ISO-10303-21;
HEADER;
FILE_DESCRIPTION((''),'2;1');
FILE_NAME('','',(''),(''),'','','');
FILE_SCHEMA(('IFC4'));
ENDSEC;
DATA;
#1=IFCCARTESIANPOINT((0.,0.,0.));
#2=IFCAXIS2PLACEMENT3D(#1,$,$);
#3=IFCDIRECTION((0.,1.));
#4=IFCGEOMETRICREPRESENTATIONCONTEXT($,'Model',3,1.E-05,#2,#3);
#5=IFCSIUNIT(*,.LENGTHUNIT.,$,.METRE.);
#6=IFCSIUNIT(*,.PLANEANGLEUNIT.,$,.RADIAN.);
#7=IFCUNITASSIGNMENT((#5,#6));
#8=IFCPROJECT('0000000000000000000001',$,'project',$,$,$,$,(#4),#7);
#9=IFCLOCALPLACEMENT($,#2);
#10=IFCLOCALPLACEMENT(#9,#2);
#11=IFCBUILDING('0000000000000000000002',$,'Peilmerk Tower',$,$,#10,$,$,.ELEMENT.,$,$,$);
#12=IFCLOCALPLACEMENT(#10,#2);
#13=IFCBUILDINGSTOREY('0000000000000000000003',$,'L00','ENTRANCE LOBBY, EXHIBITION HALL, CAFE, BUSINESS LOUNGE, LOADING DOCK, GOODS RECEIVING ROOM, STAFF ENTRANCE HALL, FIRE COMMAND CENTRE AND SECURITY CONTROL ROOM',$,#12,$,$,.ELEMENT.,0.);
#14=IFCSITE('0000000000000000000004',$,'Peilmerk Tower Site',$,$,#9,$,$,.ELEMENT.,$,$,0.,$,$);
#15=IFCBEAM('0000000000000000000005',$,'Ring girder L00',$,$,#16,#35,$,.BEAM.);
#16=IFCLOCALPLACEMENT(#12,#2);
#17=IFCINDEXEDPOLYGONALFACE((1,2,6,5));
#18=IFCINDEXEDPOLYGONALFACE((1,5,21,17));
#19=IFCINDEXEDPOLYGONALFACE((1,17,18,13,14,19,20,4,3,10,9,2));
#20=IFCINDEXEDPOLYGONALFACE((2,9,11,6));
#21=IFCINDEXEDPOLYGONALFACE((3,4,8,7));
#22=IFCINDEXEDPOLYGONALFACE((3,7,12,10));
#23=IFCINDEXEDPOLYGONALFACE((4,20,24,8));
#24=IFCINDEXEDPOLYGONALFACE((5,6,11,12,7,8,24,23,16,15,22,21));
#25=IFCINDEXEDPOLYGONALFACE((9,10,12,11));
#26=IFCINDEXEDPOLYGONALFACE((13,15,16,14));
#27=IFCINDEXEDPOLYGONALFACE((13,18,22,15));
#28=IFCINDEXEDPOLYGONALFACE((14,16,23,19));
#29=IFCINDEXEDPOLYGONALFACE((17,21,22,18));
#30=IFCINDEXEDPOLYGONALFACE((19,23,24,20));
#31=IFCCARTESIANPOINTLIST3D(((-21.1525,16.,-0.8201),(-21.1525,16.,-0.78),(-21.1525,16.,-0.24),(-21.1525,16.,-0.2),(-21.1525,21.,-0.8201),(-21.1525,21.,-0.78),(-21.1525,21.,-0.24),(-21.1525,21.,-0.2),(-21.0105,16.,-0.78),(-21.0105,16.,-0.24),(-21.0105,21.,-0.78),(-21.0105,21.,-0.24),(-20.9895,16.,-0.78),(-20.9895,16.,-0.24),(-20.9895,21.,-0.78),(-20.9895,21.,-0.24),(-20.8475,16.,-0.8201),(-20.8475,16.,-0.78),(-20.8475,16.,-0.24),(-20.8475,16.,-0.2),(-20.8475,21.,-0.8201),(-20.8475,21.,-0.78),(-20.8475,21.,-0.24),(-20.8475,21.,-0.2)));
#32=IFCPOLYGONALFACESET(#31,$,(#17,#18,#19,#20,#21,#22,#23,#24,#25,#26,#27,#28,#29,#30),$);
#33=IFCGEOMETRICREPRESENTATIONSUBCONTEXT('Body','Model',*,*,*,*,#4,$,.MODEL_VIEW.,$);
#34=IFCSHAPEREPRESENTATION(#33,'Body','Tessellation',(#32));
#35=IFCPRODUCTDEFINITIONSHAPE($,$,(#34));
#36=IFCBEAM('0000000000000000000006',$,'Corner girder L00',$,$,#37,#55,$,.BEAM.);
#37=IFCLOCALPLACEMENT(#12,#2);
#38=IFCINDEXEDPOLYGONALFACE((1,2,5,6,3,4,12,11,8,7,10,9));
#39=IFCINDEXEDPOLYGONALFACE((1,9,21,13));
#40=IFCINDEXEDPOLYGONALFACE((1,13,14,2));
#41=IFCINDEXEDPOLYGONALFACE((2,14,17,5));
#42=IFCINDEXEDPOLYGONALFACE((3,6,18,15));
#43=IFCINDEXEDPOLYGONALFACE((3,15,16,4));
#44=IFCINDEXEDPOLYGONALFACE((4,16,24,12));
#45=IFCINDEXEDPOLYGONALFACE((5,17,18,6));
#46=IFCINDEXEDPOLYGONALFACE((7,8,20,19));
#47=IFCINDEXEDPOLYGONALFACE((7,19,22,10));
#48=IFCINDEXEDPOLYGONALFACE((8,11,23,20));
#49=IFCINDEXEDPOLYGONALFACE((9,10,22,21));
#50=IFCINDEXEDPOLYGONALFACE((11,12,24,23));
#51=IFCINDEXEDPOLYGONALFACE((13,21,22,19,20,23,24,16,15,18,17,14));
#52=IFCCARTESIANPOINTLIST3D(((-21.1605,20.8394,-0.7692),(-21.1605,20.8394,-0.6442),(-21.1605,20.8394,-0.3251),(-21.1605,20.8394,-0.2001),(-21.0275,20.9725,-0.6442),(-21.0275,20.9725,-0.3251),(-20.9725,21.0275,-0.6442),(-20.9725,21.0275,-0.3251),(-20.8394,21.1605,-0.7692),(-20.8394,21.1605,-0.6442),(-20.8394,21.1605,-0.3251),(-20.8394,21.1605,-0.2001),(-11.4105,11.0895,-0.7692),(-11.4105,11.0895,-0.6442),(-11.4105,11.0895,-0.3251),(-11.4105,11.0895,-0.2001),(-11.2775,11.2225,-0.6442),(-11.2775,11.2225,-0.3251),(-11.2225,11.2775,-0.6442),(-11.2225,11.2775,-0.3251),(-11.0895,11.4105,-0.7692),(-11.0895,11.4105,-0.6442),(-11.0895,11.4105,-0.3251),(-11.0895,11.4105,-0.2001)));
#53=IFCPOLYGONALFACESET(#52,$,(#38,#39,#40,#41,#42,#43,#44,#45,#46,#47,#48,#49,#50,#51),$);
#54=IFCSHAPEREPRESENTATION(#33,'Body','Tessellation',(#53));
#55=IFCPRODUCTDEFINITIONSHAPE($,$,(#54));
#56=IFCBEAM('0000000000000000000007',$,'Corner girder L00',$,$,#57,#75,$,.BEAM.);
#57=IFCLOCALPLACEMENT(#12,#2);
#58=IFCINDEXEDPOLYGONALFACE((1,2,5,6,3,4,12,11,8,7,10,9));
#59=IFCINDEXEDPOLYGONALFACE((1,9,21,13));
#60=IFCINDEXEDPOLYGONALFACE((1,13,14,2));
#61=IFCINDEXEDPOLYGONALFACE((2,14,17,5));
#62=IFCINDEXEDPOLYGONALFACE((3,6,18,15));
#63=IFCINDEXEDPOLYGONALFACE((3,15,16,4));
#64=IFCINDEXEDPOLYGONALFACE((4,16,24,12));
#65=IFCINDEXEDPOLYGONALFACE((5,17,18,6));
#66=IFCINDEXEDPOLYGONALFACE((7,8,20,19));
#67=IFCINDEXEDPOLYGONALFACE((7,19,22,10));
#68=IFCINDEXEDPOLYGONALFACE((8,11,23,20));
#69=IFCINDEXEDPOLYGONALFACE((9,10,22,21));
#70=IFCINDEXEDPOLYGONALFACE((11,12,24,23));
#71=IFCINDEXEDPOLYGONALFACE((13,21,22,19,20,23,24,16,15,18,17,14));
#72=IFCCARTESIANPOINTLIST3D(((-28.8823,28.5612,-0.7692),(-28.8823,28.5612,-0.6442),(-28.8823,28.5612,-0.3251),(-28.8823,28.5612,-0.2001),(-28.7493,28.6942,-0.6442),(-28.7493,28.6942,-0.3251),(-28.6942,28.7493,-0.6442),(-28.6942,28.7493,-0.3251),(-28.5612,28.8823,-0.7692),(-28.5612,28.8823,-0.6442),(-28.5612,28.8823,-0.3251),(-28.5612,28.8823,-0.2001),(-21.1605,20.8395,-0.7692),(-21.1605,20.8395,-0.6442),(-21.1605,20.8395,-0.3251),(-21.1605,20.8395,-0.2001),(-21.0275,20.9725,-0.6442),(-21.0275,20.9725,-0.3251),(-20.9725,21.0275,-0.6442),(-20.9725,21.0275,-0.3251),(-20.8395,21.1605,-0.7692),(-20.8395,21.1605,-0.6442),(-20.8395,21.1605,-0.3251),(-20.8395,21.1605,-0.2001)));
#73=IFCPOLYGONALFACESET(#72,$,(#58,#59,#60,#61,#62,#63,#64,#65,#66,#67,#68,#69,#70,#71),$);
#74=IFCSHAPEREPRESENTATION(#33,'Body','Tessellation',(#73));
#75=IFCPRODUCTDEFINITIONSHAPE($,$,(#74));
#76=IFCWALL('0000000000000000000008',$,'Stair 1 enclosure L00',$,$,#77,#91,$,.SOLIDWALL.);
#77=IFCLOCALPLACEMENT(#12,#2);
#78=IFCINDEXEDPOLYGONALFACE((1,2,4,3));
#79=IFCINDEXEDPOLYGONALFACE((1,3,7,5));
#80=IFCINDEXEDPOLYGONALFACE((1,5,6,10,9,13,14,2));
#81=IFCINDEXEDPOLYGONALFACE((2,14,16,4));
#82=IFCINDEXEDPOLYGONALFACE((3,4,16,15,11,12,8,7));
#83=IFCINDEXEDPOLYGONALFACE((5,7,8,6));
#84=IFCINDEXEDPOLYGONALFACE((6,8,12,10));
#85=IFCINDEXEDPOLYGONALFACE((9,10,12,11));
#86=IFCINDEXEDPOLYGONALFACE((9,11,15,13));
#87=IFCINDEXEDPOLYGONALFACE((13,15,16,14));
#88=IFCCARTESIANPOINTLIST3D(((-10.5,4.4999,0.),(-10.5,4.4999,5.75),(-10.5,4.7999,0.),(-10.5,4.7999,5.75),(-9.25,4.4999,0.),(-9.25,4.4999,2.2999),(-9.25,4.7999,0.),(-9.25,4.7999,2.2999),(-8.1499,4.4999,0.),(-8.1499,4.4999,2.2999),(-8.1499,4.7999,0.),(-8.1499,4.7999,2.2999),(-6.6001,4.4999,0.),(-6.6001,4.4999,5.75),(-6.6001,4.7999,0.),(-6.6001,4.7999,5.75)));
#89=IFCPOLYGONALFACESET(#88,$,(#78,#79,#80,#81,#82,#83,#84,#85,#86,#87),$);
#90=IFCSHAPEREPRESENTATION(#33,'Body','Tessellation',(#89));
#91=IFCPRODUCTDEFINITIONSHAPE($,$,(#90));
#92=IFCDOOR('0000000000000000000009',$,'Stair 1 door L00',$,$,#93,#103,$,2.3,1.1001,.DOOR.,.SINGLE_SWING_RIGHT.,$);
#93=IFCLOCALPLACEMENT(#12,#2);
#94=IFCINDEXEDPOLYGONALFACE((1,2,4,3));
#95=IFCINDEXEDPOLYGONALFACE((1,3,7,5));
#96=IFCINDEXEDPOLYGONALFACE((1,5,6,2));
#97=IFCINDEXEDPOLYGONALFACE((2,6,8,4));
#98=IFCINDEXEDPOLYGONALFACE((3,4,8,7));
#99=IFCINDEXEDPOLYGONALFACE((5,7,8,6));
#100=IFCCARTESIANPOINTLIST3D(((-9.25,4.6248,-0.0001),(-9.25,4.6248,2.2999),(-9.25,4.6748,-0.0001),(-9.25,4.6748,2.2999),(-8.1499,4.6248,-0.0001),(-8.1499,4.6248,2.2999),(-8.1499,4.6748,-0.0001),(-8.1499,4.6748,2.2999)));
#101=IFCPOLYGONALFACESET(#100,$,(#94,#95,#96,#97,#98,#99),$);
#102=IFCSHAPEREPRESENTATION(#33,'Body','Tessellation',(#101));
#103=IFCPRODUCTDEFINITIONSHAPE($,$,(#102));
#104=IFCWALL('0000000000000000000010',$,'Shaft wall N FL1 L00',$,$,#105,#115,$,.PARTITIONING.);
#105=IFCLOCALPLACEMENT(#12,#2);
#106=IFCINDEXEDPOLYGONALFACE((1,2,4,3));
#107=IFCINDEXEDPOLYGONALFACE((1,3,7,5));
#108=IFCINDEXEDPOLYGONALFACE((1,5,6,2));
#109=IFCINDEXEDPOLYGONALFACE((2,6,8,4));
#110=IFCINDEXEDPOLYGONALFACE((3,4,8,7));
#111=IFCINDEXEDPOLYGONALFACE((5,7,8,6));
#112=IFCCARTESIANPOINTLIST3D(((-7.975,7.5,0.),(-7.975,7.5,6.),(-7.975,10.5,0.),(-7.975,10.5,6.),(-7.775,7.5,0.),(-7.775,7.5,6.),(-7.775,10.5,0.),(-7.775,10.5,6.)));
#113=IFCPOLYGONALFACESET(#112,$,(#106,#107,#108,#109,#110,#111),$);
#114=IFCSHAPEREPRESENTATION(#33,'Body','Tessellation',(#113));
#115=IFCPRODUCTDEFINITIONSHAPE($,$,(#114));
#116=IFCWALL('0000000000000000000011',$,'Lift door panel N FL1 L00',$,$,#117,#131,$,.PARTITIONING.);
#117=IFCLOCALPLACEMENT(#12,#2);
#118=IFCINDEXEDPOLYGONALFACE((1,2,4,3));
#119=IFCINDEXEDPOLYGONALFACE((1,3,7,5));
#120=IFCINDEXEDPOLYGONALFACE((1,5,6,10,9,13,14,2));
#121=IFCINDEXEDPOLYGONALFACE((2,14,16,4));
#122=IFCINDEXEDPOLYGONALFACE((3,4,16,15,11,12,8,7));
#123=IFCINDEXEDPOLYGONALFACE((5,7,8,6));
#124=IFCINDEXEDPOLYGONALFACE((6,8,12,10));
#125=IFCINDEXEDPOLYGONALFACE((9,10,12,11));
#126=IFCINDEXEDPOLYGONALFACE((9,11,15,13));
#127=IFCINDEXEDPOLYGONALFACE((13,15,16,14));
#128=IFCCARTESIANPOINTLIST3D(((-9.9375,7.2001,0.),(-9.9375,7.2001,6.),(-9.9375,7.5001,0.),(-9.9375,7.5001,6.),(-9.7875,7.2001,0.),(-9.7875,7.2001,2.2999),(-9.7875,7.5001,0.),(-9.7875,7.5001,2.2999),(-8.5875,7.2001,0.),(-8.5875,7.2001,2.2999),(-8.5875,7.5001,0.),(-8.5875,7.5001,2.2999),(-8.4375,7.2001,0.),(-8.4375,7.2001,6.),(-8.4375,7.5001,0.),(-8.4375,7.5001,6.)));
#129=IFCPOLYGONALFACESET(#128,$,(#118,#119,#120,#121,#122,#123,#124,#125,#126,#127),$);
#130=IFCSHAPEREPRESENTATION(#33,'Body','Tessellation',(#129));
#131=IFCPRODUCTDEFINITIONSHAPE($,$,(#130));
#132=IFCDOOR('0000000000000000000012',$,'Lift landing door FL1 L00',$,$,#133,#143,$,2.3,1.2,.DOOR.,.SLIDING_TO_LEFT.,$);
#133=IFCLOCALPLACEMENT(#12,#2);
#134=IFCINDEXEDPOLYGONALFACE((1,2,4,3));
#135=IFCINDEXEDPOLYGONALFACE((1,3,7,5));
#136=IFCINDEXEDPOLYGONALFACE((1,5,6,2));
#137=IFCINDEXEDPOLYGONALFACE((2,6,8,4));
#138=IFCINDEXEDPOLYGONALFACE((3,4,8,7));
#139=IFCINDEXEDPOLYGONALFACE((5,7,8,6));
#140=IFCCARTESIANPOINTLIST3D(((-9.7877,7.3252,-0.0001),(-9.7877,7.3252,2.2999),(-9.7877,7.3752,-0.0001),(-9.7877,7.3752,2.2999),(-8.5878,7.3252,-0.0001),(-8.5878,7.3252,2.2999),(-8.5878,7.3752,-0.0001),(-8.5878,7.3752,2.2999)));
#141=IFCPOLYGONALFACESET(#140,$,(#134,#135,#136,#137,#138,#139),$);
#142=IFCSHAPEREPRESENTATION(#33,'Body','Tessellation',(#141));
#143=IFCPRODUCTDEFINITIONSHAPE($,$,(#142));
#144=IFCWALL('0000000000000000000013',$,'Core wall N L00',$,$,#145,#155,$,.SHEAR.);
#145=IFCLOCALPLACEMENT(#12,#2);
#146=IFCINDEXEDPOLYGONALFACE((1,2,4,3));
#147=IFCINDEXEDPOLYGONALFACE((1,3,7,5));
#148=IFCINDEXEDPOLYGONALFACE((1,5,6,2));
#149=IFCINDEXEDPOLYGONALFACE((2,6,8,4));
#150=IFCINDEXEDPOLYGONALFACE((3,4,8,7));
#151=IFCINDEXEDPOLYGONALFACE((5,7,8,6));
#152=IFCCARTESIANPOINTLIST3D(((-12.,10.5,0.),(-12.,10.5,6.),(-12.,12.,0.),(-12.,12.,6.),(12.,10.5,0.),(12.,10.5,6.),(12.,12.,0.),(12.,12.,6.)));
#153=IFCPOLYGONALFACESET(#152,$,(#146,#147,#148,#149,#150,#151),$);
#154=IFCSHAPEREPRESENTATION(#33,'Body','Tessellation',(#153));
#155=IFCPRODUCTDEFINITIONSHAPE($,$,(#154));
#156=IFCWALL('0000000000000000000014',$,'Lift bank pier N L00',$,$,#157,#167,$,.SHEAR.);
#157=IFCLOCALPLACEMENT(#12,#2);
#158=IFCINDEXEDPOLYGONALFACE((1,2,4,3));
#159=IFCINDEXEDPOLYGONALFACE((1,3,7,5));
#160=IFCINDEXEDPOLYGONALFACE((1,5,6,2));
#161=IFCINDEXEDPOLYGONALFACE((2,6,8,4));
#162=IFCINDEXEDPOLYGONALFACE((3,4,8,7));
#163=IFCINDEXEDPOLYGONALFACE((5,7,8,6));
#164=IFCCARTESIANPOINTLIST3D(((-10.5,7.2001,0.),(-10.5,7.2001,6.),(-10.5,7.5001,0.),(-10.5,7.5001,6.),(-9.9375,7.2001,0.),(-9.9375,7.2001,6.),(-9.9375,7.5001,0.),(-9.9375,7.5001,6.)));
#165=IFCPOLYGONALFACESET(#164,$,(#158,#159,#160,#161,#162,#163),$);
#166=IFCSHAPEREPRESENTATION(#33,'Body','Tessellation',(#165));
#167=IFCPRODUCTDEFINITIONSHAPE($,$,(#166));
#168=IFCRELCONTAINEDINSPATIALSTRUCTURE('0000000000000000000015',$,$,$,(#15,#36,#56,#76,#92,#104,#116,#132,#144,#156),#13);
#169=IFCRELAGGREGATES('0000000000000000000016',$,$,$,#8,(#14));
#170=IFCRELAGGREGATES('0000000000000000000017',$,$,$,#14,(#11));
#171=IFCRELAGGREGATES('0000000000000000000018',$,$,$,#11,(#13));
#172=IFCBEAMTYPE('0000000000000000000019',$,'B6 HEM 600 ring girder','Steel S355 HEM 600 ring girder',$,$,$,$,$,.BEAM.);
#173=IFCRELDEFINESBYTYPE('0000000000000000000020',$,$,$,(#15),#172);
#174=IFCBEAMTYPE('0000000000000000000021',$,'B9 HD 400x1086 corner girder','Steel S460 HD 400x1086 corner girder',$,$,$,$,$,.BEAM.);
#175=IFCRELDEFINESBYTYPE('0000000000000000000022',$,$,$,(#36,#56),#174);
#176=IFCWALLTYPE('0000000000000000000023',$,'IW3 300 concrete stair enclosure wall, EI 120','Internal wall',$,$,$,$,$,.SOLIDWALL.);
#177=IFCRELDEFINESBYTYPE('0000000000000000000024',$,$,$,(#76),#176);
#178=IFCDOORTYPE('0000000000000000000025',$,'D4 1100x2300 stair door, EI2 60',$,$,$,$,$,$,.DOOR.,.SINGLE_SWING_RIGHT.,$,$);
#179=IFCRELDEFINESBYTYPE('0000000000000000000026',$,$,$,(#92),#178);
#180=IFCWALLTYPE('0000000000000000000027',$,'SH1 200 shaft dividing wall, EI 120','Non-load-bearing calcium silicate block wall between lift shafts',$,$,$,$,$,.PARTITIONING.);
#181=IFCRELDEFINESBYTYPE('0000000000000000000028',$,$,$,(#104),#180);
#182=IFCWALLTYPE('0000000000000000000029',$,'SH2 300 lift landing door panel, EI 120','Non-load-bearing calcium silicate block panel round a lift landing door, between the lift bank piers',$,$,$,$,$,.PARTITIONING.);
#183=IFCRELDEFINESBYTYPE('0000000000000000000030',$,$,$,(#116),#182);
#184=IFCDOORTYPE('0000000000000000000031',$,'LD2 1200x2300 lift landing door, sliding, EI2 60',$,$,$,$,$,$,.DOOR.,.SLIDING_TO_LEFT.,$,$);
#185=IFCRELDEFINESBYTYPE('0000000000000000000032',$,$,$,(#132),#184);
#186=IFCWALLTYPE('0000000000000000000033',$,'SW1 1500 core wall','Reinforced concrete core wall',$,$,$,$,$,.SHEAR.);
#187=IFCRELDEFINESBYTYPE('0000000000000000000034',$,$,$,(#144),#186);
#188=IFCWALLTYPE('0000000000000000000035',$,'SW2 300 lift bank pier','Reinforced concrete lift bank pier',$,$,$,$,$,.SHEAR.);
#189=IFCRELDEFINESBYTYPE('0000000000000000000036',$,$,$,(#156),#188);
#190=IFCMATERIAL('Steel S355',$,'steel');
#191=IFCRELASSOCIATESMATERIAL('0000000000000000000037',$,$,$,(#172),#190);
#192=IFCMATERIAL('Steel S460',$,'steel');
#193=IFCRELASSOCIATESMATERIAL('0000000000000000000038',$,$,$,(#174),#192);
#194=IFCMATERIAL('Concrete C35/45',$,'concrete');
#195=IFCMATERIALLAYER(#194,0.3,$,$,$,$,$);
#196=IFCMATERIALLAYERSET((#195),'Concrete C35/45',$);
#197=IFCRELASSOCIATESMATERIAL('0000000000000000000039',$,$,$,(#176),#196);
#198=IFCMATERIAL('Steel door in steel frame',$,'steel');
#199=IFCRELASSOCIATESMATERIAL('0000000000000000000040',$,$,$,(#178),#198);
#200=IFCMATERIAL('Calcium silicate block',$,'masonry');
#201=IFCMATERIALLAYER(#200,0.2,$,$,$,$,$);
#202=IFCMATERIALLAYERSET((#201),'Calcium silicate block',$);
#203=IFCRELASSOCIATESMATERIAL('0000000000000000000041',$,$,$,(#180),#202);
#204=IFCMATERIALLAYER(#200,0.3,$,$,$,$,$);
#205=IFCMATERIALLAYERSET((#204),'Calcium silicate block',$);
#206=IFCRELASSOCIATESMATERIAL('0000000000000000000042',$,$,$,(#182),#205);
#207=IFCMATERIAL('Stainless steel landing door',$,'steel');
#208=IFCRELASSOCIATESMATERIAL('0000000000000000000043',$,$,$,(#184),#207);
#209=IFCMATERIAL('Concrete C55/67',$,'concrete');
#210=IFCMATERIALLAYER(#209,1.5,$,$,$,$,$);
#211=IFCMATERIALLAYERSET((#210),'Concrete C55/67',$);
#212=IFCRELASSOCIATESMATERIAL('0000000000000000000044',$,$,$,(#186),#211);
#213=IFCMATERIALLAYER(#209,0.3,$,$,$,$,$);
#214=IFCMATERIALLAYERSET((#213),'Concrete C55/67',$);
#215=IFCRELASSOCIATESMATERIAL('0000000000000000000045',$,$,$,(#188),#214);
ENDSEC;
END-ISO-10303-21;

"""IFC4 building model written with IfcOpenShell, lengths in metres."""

from ifc_helpers import new_model, si_unit, direction, frame, frame_2d, origin, origin_2d, place, context, subcontext, project, spatial, rectangle, i_section, extrude, material, layer, layer_set, material_profile, profile_set, type_object, element, fill, save


model = new_model("IFC4")

# Units and contexts
model_context = context("Model", 3, precision=1e-05, world=origin(), true_north=direction((0.0, 1.0)))
body_context = subcontext(model_context, "Body", "Model", "MODEL_VIEW")
ifc_project = project(units=[si_unit("LENGTHUNIT", "METRE"), si_unit("PLANEANGLEUNIT", "RADIAN")], contexts=[model_context])

# Site, building, storey
site_placement = place(None, origin())
site = spatial("IfcSite", under=ifc_project, at=site_placement, Name="Peilmerk Tower Site", CompositionType="ELEMENT", RefElevation=0.0)
building_placement = place(site_placement, origin())
building = spatial("IfcBuilding", under=site, at=building_placement, Name="Peilmerk Tower", CompositionType="ELEMENT")
storey_placement = place(building_placement, origin())
storey = spatial("IfcBuildingStorey", under=building, at=storey_placement, Name="L00", Description="ENTRANCE LOBBY, EXHIBITION HALL, CAFE, BUSINESS LOUNGE, LOADING DOCK, GOODS RECEIVING ROOM, STAFF ENTRANCE HALL, FIRE COMMAND CENTRE AND SECURITY CONTROL ROOM", CompositionType="ELEMENT", Elevation=0.0)

# Beams
ifc_material_1 = material(Name="Steel S355", Category="steel")
ifc_material_profile_1 = material_profile(ifc_material_1, i_section(OverallWidth=0.3049, OverallDepth=0.6201, WebThickness=0.021, FlangeThickness=0.04, at=origin_2d()), Name="HEM 600")
ifc_profile_set_1 = profile_set([ifc_material_profile_1], Name="Steel S355")
beam_type_1 = type_object("IfcBeamType", Name="B6 HEM 600 ring girder", Description="Steel S355 HEM 600 ring girder", PredefinedType="BEAM", material=ifc_profile_set_1)
beam_1_placement = place(storey_placement, frame((-21.0, 21.0, -0.51), z_axis=(0.0, -1.0, 0.0), x_axis=(1.0, 0.0, 0.0)))
element("IfcBeam", 1, at=beam_1_placement, inside=storey, type_object=beam_type_1, Name="Ring girder L00", PredefinedType="BEAM", context=body_context, shape_type="SweptSolid", body=[
    extrude(i_section(OverallWidth=0.3049, OverallDepth=0.6201, WebThickness=0.021, FlangeThickness=0.04, at=origin_2d()), origin(), (0.0, 0.0, 1.0), 5.0),
])
ifc_material_2 = material(Name="Steel S460", Category="steel")
ifc_material_profile_2 = material_profile(ifc_material_2, i_section(OverallWidth=0.4541, OverallDepth=0.5691, WebThickness=0.0779, FlangeThickness=0.125, at=origin_2d()), Name="HD 400x1086")
ifc_profile_set_2 = profile_set([ifc_material_profile_2], Name="Steel S460")
beam_type_2 = type_object("IfcBeamType", Name="B9 HD 400x1086 corner girder", Description="Steel S460 HD 400x1086 corner girder", PredefinedType="BEAM", material=ifc_profile_set_2)
beam_2_placement = place(storey_placement, frame((-11.25, 11.25, -0.4846), z_axis=(-0.707107, 0.707107, 0.0), x_axis=(-0.707107, -0.707107, 0.0)))
element("IfcBeam", 2, at=beam_2_placement, inside=storey, type_object=beam_type_2, Name="Corner girder L00", PredefinedType="BEAM", context=body_context, shape_type="SweptSolid", body=[
    extrude(i_section(OverallWidth=0.4541, OverallDepth=0.5691, WebThickness=0.0779, FlangeThickness=0.125, at=origin_2d()), origin(), (0.0, 0.0, 1.0), 13.7886),
])
beam_3_placement = place(storey_placement, frame((-21.0, 21.0, -0.4846), z_axis=(-0.707107, 0.707107, 0.0), x_axis=(-0.707107, -0.707107, 0.0)))
element("IfcBeam", 3, at=beam_3_placement, inside=storey, type_object=beam_type_2, Name="Corner girder L00", PredefinedType="BEAM", context=body_context, shape_type="SweptSolid", body=[
    extrude(i_section(OverallWidth=0.4541, OverallDepth=0.5691, WebThickness=0.0779, FlangeThickness=0.125, at=origin_2d()), origin(), (0.0, 0.0, 1.0), 10.9202),
])

# Wall, opening, door
ifc_material_3 = material(Name="Concrete C35/45", Category="concrete")
ifc_layer_1 = layer(ifc_material_3, 0.3)
ifc_layer_set_1 = layer_set([ifc_layer_1], Name="Concrete C35/45")
wall_type_1 = type_object("IfcWallType", Name="IW3 300 concrete stair enclosure wall, EI 120", Description="Internal wall", PredefinedType="SOLIDWALL", material=ifc_layer_set_1)
wall_1_placement = place(storey_placement, frame((-10.5, 4.6499, 0.0), z_axis=(0.0, 0.0, 1.0), x_axis=(1.0, 0.0, 0.0)))
wall_1 = element("IfcWall", 4, at=wall_1_placement, inside=storey, type_object=wall_type_1, Name="Stair 1 enclosure L00", PredefinedType="SOLIDWALL", context=body_context, shape_type="SweptSolid", body=[
    extrude(rectangle(XDim=3.8999, YDim=0.3, at=frame_2d((1.95, 0.0))), origin(), (0.0, 0.0, 1.0), 5.75),
])
opening_1_placement = place(wall_1_placement, frame((1.25, 0.0, 0.0)))
opening_1 = element("IfcOpeningElement", 5, at=opening_1_placement, cuts=wall_1, PredefinedType="OPENING", context=body_context, shape_type="SweptSolid", body=[
    extrude(rectangle(XDim=1.1001, YDim=2.3, at=frame_2d((0.55, 1.1499))), frame((0.0, 0.1599, 0.0), z_axis=(0.0, -1.0, 0.0), x_axis=(1.0, 0.0, 0.0)), (0.0, 0.0, 1.0), 0.3201),
])
ifc_material_4 = material(Name="Steel door in steel frame", Category="steel")
door_type_1 = type_object("IfcDoorType", Name="D4 1100x2300 stair door, EI2 60", OperationType="SINGLE_SWING_RIGHT", PredefinedType="DOOR", material=ifc_material_4)
door_1_placement = place(opening_1_placement, origin())
door_1 = element("IfcDoor", 6, at=door_1_placement, inside=storey, type_object=door_type_1, Name="Stair 1 door L00", OperationType="SINGLE_SWING_RIGHT", OverallHeight=2.3, OverallWidth=1.1001, PredefinedType="DOOR", context=body_context, shape_type="SweptSolid", body=[
    extrude(rectangle(XDim=1.1001, YDim=2.3, at=frame_2d((0.55, 1.1499))), frame((0.0, 0.0249, 0.0), z_axis=(0.0, -1.0, 0.0), x_axis=(1.0, 0.0, 0.0)), (0.0, 0.0, 1.0), 0.05),
])
fill(opening_1, door_1)

# Wall
ifc_material_5 = material(Name="Calcium silicate block", Category="masonry")
ifc_layer_2 = layer(ifc_material_5, 0.2)
ifc_layer_set_2 = layer_set([ifc_layer_2], Name="Calcium silicate block")
wall_type_2 = type_object("IfcWallType", Name="SH1 200 shaft dividing wall, EI 120", Description="Non-load-bearing calcium silicate block wall between lift shafts", PredefinedType="PARTITIONING", material=ifc_layer_set_2)
wall_2_placement = place(storey_placement, frame((-7.875, 7.5, 0.0), z_axis=(0.0, 0.0, 1.0), x_axis=(0.0, 1.0, 0.0)))
element("IfcWall", 7, at=wall_2_placement, inside=storey, type_object=wall_type_2, Name="Shaft wall N FL1 L00", PredefinedType="PARTITIONING", context=body_context, shape_type="SweptSolid", body=[
    extrude(rectangle(XDim=3.0, YDim=0.2, at=frame_2d((1.5, 0.0))), origin(), (0.0, 0.0, 1.0), 6.0),
])

# Wall, opening, door
ifc_layer_3 = layer(ifc_material_5, 0.3)
ifc_layer_set_3 = layer_set([ifc_layer_3], Name="Calcium silicate block")
wall_type_3 = type_object("IfcWallType", Name="SH2 300 lift landing door panel, EI 120", Description="Non-load-bearing calcium silicate block panel round a lift landing door, between the lift bank piers", PredefinedType="PARTITIONING", material=ifc_layer_set_3)
wall_3_placement = place(storey_placement, frame((-9.9375, 7.3501, 0.0), z_axis=(0.0, 0.0, 1.0), x_axis=(1.0, 0.0, 0.0)))
wall_3 = element("IfcWall", 8, at=wall_3_placement, inside=storey, type_object=wall_type_3, Name="Lift door panel N FL1 L00", PredefinedType="PARTITIONING", context=body_context, shape_type="SweptSolid", body=[
    extrude(rectangle(XDim=1.5, YDim=0.3, at=frame_2d((0.75, 0.0))), origin(), (0.0, 0.0, 1.0), 6.0),
])
opening_2_placement = place(wall_3_placement, frame((0.1499, 0.0, 0.0)))
opening_2 = element("IfcOpeningElement", 9, at=opening_2_placement, cuts=wall_3, PredefinedType="OPENING", context=body_context, shape_type="SweptSolid", body=[
    extrude(rectangle(XDim=1.2, YDim=2.3, at=frame_2d((0.6001, 1.1499))), frame((0.0, 0.1599, 0.0), z_axis=(0.0, -1.0, 0.0), x_axis=(1.0, 0.0, 0.0)), (0.0, 0.0, 1.0), 0.3201),
])
ifc_material_6 = material(Name="Stainless steel landing door", Category="steel")
door_type_2 = type_object("IfcDoorType", Name="LD2 1200x2300 lift landing door, sliding, EI2 60", OperationType="SLIDING_TO_LEFT", PredefinedType="DOOR", material=ifc_material_6)
door_2_placement = place(opening_2_placement, frame((1.2, 0.0, 0.0), z_axis=(0.0, 0.0, 1.0), x_axis=(-1.0, 0.0, 0.0)))
door_2 = element("IfcDoor", 10, at=door_2_placement, inside=storey, type_object=door_type_2, Name="Lift landing door FL1 L00", OperationType="SLIDING_TO_LEFT", OverallHeight=2.3, OverallWidth=1.2, PredefinedType="DOOR", context=body_context, shape_type="SweptSolid", body=[
    extrude(rectangle(XDim=1.2, YDim=2.3, at=frame_2d((0.6001, 1.1499))), frame((0.0, 0.0249, 0.0), z_axis=(0.0, -1.0, 0.0), x_axis=(1.0, 0.0, 0.0)), (0.0, 0.0, 1.0), 0.05),
])
fill(opening_2, door_2)

# Walls
ifc_material_7 = material(Name="Concrete C55/67", Category="concrete")
ifc_layer_4 = layer(ifc_material_7, 1.5)
ifc_layer_set_4 = layer_set([ifc_layer_4], Name="Concrete C55/67")
wall_type_4 = type_object("IfcWallType", Name="SW1 1500 core wall", Description="Reinforced concrete core wall", PredefinedType="SHEAR", material=ifc_layer_set_4)
wall_4_placement = place(storey_placement, frame((-12.0, 11.25, 0.0), z_axis=(0.0, 0.0, 1.0), x_axis=(1.0, 0.0, 0.0)))
element("IfcWall", 11, at=wall_4_placement, inside=storey, type_object=wall_type_4, Name="Core wall N L00", PredefinedType="SHEAR", context=body_context, shape_type="SweptSolid", body=[
    extrude(rectangle(XDim=24.0, YDim=1.5, at=frame_2d((12.0, 0.0))), origin(), (0.0, 0.0, 1.0), 6.0),
])
ifc_layer_5 = layer(ifc_material_7, 0.3)
ifc_layer_set_5 = layer_set([ifc_layer_5], Name="Concrete C55/67")
wall_type_5 = type_object("IfcWallType", Name="SW2 300 lift bank pier", Description="Reinforced concrete lift bank pier", PredefinedType="SHEAR", material=ifc_layer_set_5)
wall_5_placement = place(storey_placement, frame((-10.5, 7.3501, 0.0), z_axis=(0.0, 0.0, 1.0), x_axis=(1.0, 0.0, 0.0)))
element("IfcWall", 12, at=wall_5_placement, inside=storey, type_object=wall_type_5, Name="Lift bank pier N L00", PredefinedType="SHEAR", context=body_context, shape_type="SweptSolid", body=[
    extrude(rectangle(XDim=0.5625, YDim=0.3, at=frame_2d((0.2812, 0.0))), origin(), (0.0, 0.0, 1.0), 6.0),
])

save(model, "model.ifc")
